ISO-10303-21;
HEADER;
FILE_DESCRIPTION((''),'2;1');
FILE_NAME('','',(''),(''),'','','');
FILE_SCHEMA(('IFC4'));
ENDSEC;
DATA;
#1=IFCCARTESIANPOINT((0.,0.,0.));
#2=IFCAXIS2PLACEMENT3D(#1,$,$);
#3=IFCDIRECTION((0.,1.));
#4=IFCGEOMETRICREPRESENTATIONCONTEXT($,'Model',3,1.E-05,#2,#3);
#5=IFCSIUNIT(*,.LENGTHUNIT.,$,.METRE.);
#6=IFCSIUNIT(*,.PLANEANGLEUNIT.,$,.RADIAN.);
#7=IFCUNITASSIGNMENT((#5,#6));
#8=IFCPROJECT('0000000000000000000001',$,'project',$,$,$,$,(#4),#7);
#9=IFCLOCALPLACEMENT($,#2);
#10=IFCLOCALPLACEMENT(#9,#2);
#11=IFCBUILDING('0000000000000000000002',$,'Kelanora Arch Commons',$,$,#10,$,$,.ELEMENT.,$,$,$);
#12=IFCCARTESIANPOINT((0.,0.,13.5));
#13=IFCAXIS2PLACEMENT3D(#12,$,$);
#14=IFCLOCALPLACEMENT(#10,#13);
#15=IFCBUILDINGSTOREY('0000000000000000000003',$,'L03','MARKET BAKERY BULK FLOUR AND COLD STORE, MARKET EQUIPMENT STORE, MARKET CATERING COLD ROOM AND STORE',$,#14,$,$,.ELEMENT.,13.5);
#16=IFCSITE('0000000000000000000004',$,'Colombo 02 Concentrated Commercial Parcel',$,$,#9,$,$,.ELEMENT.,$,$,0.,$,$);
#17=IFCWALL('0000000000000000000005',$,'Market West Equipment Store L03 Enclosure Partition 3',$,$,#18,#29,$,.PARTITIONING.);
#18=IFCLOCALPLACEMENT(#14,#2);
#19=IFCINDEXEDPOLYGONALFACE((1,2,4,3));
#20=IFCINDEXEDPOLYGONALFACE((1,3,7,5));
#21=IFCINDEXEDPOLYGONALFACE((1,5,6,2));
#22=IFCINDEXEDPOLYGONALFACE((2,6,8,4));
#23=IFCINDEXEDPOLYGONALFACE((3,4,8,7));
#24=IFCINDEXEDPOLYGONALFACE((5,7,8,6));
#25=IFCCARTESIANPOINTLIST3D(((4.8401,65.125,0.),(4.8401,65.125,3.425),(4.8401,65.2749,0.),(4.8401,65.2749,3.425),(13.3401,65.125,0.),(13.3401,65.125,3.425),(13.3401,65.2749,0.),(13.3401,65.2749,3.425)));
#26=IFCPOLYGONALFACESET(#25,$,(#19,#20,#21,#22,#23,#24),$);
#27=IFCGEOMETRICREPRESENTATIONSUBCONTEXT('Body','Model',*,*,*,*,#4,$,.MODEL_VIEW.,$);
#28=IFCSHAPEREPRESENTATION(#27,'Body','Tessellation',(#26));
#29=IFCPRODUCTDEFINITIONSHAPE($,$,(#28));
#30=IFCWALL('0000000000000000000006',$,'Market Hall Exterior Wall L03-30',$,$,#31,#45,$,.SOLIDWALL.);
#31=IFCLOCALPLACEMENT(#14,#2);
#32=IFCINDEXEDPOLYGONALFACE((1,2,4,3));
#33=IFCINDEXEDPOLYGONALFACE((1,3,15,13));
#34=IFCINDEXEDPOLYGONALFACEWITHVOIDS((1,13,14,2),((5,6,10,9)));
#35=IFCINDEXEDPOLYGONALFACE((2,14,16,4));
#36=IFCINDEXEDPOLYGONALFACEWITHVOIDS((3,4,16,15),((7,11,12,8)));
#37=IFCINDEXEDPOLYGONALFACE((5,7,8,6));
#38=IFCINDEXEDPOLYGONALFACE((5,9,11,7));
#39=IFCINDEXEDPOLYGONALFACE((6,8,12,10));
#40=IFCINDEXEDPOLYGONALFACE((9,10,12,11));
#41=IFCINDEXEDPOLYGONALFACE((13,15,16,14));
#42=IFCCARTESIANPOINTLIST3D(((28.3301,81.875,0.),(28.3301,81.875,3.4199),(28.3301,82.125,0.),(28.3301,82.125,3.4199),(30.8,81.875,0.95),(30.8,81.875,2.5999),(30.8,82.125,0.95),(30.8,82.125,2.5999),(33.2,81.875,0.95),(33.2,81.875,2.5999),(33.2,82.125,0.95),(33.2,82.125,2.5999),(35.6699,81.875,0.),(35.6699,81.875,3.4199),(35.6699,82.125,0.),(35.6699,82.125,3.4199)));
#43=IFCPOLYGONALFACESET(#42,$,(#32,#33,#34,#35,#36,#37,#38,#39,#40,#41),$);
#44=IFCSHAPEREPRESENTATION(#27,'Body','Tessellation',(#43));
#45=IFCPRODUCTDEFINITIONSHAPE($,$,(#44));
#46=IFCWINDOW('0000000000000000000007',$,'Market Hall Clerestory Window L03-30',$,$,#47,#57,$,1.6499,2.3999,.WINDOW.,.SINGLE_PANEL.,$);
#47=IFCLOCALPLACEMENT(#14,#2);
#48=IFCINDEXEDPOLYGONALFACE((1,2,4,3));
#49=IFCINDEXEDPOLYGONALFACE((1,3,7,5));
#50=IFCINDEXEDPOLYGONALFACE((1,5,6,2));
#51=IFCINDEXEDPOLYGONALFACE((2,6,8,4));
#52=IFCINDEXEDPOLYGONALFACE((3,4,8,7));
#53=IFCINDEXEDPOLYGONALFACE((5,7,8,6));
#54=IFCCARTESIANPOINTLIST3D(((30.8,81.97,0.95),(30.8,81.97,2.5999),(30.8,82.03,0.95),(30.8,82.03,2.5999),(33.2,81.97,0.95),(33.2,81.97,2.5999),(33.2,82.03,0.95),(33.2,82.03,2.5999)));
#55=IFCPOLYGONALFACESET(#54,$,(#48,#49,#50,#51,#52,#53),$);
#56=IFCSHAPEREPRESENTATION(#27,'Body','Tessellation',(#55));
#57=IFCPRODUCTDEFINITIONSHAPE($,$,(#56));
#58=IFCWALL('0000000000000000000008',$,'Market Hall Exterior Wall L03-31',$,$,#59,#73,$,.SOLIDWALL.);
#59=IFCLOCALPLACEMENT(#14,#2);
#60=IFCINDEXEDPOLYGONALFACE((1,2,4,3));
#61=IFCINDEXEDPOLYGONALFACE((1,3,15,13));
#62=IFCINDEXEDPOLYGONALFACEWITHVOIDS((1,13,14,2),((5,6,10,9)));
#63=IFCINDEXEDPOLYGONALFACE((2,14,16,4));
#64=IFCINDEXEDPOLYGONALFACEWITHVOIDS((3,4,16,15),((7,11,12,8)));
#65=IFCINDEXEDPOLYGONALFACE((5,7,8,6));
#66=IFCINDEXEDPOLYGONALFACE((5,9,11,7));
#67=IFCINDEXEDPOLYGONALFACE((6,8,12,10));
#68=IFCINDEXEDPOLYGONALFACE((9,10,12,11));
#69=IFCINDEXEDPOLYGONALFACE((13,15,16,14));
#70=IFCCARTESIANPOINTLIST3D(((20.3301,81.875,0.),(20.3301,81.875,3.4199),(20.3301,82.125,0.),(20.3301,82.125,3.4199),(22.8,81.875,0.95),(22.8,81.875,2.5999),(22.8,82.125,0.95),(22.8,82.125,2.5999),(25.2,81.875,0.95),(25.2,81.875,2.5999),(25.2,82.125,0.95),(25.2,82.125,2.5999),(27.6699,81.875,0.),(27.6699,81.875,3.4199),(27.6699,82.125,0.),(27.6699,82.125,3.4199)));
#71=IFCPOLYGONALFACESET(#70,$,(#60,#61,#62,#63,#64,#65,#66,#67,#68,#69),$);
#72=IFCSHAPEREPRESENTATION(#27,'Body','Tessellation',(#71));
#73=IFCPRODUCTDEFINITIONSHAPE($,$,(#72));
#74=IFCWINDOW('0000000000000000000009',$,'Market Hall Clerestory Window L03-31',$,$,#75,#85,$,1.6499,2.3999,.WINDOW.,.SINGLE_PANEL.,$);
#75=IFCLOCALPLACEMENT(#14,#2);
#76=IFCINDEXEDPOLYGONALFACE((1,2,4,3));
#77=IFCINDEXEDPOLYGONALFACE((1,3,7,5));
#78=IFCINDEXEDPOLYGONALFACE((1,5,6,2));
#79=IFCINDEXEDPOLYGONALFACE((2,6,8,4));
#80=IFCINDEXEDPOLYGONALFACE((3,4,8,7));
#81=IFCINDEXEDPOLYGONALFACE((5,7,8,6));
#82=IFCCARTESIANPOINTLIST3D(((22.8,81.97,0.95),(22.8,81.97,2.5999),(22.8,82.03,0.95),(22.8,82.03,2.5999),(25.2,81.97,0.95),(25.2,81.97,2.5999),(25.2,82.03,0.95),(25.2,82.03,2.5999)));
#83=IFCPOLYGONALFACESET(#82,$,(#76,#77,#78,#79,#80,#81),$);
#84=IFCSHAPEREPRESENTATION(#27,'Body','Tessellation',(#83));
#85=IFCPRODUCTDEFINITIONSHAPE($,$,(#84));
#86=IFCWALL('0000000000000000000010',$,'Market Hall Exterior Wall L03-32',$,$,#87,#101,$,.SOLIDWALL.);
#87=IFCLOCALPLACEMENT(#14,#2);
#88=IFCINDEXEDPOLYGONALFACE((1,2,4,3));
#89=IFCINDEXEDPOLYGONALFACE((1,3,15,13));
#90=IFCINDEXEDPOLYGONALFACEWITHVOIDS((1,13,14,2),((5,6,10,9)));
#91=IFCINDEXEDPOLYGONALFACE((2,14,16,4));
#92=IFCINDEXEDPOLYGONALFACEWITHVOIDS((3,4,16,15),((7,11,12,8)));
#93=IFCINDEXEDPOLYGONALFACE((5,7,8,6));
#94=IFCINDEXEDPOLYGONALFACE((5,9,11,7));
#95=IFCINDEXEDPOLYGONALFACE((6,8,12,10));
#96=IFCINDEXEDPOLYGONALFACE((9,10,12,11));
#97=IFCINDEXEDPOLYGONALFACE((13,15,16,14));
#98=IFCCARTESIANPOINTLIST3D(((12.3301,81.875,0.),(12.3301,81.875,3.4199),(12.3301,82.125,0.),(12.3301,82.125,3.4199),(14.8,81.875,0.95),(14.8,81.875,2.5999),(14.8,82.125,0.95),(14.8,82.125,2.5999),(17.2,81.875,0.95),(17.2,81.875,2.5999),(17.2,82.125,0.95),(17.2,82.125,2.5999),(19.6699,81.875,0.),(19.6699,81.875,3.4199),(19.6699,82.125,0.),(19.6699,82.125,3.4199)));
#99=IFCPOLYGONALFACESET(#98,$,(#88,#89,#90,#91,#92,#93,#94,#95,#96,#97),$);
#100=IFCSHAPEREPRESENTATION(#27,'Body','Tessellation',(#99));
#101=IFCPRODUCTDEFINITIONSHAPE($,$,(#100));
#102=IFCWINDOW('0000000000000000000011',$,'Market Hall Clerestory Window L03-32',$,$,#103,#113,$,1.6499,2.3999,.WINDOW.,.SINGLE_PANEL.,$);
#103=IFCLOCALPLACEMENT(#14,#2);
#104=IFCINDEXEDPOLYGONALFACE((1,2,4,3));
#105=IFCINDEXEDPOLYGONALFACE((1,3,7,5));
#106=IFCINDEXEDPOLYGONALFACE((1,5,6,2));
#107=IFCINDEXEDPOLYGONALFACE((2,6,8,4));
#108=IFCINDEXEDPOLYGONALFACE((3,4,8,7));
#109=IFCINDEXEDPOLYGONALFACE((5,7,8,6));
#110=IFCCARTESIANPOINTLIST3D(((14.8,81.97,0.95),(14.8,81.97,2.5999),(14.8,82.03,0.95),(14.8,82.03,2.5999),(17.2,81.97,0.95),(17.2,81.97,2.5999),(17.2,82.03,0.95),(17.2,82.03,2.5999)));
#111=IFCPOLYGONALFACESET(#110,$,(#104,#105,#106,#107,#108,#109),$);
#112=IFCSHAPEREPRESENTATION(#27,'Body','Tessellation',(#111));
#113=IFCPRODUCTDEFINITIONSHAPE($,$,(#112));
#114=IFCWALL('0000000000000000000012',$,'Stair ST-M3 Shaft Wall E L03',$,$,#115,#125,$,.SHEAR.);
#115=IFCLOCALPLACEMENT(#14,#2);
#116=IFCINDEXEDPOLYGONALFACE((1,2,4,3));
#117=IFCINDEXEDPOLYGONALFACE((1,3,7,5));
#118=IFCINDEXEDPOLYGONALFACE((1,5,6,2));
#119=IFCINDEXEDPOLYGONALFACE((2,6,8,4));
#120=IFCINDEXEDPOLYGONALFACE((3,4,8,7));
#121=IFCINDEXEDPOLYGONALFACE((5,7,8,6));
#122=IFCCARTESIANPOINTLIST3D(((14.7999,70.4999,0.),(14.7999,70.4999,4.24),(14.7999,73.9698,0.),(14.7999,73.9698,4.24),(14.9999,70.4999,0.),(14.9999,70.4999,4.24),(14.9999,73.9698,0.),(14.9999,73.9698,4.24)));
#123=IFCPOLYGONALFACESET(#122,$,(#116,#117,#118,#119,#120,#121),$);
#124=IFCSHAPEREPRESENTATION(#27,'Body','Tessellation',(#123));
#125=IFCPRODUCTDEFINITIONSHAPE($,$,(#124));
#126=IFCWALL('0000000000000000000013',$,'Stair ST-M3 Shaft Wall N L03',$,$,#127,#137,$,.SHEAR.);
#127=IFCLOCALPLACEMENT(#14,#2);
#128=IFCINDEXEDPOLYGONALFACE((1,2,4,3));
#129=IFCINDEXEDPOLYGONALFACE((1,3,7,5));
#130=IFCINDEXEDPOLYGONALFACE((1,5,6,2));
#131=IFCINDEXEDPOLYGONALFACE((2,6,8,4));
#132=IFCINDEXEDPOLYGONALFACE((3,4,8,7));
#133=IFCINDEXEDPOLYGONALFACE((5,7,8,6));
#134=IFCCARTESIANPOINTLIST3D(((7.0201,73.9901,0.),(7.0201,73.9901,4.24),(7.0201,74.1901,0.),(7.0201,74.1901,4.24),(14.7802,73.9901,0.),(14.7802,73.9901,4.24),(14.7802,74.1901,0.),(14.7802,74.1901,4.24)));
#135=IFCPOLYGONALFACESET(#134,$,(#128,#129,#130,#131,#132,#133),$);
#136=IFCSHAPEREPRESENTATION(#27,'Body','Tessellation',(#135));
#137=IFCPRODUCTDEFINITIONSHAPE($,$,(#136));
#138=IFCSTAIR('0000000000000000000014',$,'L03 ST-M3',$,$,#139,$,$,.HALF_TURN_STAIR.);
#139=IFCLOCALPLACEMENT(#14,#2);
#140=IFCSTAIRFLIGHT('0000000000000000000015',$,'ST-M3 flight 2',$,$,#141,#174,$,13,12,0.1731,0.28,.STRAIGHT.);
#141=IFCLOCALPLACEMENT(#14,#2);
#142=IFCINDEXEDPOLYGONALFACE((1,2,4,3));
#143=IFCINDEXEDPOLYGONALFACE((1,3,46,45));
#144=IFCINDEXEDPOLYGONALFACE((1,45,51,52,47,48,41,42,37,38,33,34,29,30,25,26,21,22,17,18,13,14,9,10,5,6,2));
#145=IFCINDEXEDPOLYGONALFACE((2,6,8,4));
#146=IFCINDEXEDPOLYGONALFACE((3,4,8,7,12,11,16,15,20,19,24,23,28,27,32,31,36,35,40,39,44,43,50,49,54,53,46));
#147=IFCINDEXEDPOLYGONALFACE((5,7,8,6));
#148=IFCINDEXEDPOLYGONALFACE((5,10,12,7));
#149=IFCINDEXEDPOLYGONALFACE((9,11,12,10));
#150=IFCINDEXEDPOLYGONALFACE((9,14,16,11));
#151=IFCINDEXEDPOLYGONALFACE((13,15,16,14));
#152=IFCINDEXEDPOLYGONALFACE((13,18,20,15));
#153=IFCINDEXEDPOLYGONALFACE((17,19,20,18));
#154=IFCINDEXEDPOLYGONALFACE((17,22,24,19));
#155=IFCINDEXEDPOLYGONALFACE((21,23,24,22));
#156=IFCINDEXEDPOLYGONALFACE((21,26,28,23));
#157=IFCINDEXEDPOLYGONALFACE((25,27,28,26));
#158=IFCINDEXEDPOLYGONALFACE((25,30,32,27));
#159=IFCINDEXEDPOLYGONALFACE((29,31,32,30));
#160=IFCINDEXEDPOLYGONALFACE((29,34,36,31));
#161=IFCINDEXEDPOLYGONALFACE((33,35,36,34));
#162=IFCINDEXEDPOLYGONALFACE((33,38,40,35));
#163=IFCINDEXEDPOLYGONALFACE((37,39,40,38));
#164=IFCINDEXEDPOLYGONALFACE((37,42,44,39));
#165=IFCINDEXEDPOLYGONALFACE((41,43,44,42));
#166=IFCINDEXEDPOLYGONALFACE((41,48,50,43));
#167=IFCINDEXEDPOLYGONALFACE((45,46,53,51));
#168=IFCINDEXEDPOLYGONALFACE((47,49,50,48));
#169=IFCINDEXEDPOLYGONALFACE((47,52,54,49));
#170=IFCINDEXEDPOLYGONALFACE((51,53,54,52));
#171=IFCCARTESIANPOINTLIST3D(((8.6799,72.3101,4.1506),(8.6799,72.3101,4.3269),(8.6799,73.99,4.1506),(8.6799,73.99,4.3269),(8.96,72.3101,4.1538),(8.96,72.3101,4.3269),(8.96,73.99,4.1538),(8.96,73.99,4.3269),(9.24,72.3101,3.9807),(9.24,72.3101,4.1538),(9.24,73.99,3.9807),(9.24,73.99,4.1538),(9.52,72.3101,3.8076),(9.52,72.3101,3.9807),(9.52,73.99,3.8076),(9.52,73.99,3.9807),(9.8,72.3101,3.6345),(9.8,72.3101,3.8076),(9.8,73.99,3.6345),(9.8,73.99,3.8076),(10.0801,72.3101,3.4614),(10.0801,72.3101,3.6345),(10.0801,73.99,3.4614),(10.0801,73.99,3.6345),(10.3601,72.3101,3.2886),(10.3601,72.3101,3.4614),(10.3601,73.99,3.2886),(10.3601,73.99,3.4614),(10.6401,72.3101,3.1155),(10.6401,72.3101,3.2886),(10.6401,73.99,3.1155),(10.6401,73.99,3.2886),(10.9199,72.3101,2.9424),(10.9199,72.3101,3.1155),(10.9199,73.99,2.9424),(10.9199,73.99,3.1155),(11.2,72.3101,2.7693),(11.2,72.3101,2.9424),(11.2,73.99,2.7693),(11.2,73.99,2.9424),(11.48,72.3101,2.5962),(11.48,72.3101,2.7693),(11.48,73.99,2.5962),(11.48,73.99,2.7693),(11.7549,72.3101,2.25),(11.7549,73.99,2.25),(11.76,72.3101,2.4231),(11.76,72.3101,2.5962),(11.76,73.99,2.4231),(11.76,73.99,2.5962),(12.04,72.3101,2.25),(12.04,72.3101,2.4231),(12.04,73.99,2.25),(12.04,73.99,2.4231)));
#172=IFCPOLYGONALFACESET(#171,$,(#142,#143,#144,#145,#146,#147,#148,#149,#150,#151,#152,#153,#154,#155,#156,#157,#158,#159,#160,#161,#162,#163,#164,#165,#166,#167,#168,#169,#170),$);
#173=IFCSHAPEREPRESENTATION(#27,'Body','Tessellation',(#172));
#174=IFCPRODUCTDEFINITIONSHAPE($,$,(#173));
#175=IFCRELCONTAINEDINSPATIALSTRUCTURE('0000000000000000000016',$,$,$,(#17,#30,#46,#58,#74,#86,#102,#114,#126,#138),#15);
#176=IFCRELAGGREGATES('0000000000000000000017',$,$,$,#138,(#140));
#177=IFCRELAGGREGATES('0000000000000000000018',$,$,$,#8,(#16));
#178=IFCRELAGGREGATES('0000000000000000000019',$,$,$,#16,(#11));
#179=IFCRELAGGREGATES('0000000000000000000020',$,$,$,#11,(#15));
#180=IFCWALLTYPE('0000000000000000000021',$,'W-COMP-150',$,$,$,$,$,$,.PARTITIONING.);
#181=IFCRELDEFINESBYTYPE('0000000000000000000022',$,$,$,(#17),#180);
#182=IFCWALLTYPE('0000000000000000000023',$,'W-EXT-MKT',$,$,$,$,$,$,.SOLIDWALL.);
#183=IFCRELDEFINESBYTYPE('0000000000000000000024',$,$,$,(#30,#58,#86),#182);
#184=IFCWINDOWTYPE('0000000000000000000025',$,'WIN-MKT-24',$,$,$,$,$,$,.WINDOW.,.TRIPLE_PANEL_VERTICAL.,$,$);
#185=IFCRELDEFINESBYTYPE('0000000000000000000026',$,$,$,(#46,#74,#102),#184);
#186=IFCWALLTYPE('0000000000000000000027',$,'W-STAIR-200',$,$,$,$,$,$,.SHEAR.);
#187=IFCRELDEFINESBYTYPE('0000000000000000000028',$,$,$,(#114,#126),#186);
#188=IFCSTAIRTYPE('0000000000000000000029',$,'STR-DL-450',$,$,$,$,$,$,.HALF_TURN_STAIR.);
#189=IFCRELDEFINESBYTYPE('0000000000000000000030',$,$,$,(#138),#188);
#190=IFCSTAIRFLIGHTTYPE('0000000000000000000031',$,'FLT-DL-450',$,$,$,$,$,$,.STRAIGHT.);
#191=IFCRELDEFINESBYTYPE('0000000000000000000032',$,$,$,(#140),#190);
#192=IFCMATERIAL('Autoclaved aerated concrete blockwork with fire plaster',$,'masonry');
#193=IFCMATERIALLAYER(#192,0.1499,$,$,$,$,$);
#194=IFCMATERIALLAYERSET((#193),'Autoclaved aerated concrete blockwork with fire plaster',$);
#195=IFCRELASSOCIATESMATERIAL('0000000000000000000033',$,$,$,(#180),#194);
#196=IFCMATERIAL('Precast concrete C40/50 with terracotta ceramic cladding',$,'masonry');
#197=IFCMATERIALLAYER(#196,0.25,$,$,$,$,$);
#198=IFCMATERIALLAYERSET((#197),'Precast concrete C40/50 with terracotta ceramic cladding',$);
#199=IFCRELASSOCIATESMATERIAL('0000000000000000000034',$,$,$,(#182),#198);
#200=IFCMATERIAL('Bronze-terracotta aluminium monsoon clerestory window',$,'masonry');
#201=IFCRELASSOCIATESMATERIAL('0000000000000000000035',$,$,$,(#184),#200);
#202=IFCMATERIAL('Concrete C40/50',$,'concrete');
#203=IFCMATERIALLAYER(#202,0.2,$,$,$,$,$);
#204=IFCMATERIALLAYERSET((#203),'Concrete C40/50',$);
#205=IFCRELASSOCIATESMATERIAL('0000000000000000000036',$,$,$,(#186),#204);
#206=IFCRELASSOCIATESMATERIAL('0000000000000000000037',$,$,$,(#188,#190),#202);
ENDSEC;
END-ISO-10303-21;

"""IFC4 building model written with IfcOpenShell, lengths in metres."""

from ifc_helpers import new_model, si_unit, direction, frame, frame_2d, origin, place, context, subcontext, project, spatial, polyline, rectangle, outline, extrude, material, layer, layer_set, type_object, element, fill, aggregate, save


model = new_model("IFC4")

# Units and contexts
model_context = context("Model", 3, precision=1e-05, world=origin(), true_north=direction((0.0, 1.0)))
body_context = subcontext(model_context, "Body", "Model", "MODEL_VIEW")
ifc_project = project(units=[si_unit("LENGTHUNIT", "METRE"), si_unit("PLANEANGLEUNIT", "RADIAN")], contexts=[model_context])

# Site, building, storey
site_placement = place(None, origin())
site = spatial("IfcSite", under=ifc_project, at=site_placement, Name="Colombo 02 Concentrated Commercial Parcel", CompositionType="ELEMENT", RefElevation=0.0)
building_placement = place(site_placement, origin())
building = spatial("IfcBuilding", under=site, at=building_placement, Name="Kelanora Arch Commons", CompositionType="ELEMENT")
storey_placement = place(building_placement, frame((0.0, 0.0, 13.5)))
storey = spatial("IfcBuildingStorey", under=building, at=storey_placement, Name="L03", Description="MARKET BAKERY BULK FLOUR AND COLD STORE, MARKET EQUIPMENT STORE, MARKET CATERING COLD ROOM AND STORE", CompositionType="ELEMENT", Elevation=13.5)

# Shared definitions
ifc_material_1 = material(Name="Concrete C40/50", Category="concrete")

# Wall
ifc_material_2 = material(Name="Autoclaved aerated concrete blockwork with fire plaster", Category="masonry")
ifc_layer_1 = layer(ifc_material_2, 0.1499)
ifc_layer_set_1 = layer_set([ifc_layer_1], Name="Autoclaved aerated concrete blockwork with fire plaster")
wall_type_1 = type_object("IfcWallType", Name="W-COMP-150", PredefinedType="PARTITIONING", material=ifc_layer_set_1)
wall_1_placement = place(storey_placement, frame((13.3401, 65.2, 0.0), z_axis=(0.0, 0.0, 1.0), x_axis=(-1.0, 0.0, 0.0)))
element("IfcWall", 1, at=wall_1_placement, inside=storey, type_object=wall_type_1, Name="Market West Equipment Store L03 Enclosure Partition 3", PredefinedType="PARTITIONING", context=body_context, shape_type="SweptSolid", body=[
    extrude(rectangle(XDim=8.5, YDim=0.1499, at=frame_2d((4.25, 0.0))), origin(), (0.0, 0.0, 1.0), 3.425),
])

# Walls, openings, windows
ifc_material_3 = material(Name="Precast concrete C40/50 with terracotta ceramic cladding", Category="masonry")
ifc_layer_2 = layer(ifc_material_3, 0.25)
ifc_layer_set_2 = layer_set([ifc_layer_2], Name="Precast concrete C40/50 with terracotta ceramic cladding")
wall_type_2 = type_object("IfcWallType", Name="W-EXT-MKT", PredefinedType="SOLIDWALL", material=ifc_layer_set_2)
wall_2_placement = place(storey_placement, frame((35.6699, 82.0, 0.0), z_axis=(0.0, 0.0, 1.0), x_axis=(-1.0, 0.0, 0.0)))
wall_2 = element("IfcWall", 2, at=wall_2_placement, inside=storey, type_object=wall_type_2, Name="Market Hall Exterior Wall L03-30", PredefinedType="SOLIDWALL", context=body_context, shape_type="SweptSolid", body=[
    extrude(rectangle(XDim=7.3398, YDim=0.25, at=frame_2d((3.6699, 0.0))), origin(), (0.0, 0.0, 1.0), 3.4199),
])
opening_1_placement = place(wall_2_placement, frame((2.47, 0.0, 0.95)))
opening_1 = element("IfcOpeningElement", 3, at=opening_1_placement, cuts=wall_2, PredefinedType="OPENING", context=body_context, shape_type="SweptSolid", body=[
    extrude(rectangle(XDim=2.3999, YDim=1.6499, at=frame_2d((1.2, 0.825))), frame((0.0, 0.135, 0.0), z_axis=(0.0, -1.0, 0.0), x_axis=(1.0, 0.0, 0.0)), (0.0, 0.0, 1.0), 0.27),
])
ifc_material_4 = material(Name="Bronze-terracotta aluminium monsoon clerestory window", Category="masonry")
window_type = type_object("IfcWindowType", Name="WIN-MKT-24", PartitioningType="TRIPLE_PANEL_VERTICAL", PredefinedType="WINDOW", material=ifc_material_4)
window_1_placement = place(opening_1_placement, origin())
window_1 = element("IfcWindow", 4, at=window_1_placement, inside=storey, type_object=window_type, Name="Market Hall Clerestory Window L03-30", OverallHeight=1.6499, OverallWidth=2.3999, PartitioningType="SINGLE_PANEL", PredefinedType="WINDOW", context=body_context, shape_type="SweptSolid", body=[
    extrude(rectangle(XDim=2.3999, YDim=1.6499, at=frame_2d((1.2, 0.825))), frame((0.0, 0.03, 0.0), z_axis=(0.0, -1.0, 0.0), x_axis=(1.0, 0.0, 0.0)), (0.0, 0.0, 1.0), 0.0601),
])
fill(opening_1, window_1)
wall_3_placement = place(storey_placement, frame((27.6699, 82.0, 0.0), z_axis=(0.0, 0.0, 1.0), x_axis=(-1.0, 0.0, 0.0)))
wall_3 = element("IfcWall", 5, at=wall_3_placement, inside=storey, type_object=wall_type_2, Name="Market Hall Exterior Wall L03-31", PredefinedType="SOLIDWALL", context=body_context, shape_type="SweptSolid", body=[
    extrude(rectangle(XDim=7.3398, YDim=0.25, at=frame_2d((3.6699, 0.0))), origin(), (0.0, 0.0, 1.0), 3.4199),
])
opening_2_placement = place(wall_3_placement, frame((2.47, 0.0, 0.95)))
opening_2 = element("IfcOpeningElement", 6, at=opening_2_placement, cuts=wall_3, PredefinedType="OPENING", context=body_context, shape_type="SweptSolid", body=[
    extrude(rectangle(XDim=2.3999, YDim=1.6499, at=frame_2d((1.2, 0.825))), frame((0.0, 0.135, 0.0), z_axis=(0.0, -1.0, 0.0), x_axis=(1.0, 0.0, 0.0)), (0.0, 0.0, 1.0), 0.27),
])
window_2_placement = place(opening_2_placement, origin())
window_2 = element("IfcWindow", 7, at=window_2_placement, inside=storey, type_object=window_type, Name="Market Hall Clerestory Window L03-31", OverallHeight=1.6499, OverallWidth=2.3999, PartitioningType="SINGLE_PANEL", PredefinedType="WINDOW", context=body_context, shape_type="SweptSolid", body=[
    extrude(rectangle(XDim=2.3999, YDim=1.6499, at=frame_2d((1.2, 0.825))), frame((0.0, 0.03, 0.0), z_axis=(0.0, -1.0, 0.0), x_axis=(1.0, 0.0, 0.0)), (0.0, 0.0, 1.0), 0.0601),
])
fill(opening_2, window_2)
wall_4_placement = place(storey_placement, frame((19.6699, 82.0, 0.0), z_axis=(0.0, 0.0, 1.0), x_axis=(-1.0, 0.0, 0.0)))
wall_4 = element("IfcWall", 8, at=wall_4_placement, inside=storey, type_object=wall_type_2, Name="Market Hall Exterior Wall L03-32", PredefinedType="SOLIDWALL", context=body_context, shape_type="SweptSolid", body=[
    extrude(rectangle(XDim=7.3398, YDim=0.25, at=frame_2d((3.6699, 0.0))), origin(), (0.0, 0.0, 1.0), 3.4199),
])
opening_3_placement = place(wall_4_placement, frame((2.47, 0.0, 0.95)))
opening_3 = element("IfcOpeningElement", 9, at=opening_3_placement, cuts=wall_4, PredefinedType="OPENING", context=body_context, shape_type="SweptSolid", body=[
    extrude(rectangle(XDim=2.3999, YDim=1.6499, at=frame_2d((1.2, 0.825))), frame((0.0, 0.135, 0.0), z_axis=(0.0, -1.0, 0.0), x_axis=(1.0, 0.0, 0.0)), (0.0, 0.0, 1.0), 0.27),
])
window_3_placement = place(opening_3_placement, origin())
window_3 = element("IfcWindow", 10, at=window_3_placement, inside=storey, type_object=window_type, Name="Market Hall Clerestory Window L03-32", OverallHeight=1.6499, OverallWidth=2.3999, PartitioningType="SINGLE_PANEL", PredefinedType="WINDOW", context=body_context, shape_type="SweptSolid", body=[
    extrude(rectangle(XDim=2.3999, YDim=1.6499, at=frame_2d((1.2, 0.825))), frame((0.0, 0.03, 0.0), z_axis=(0.0, -1.0, 0.0), x_axis=(1.0, 0.0, 0.0)), (0.0, 0.0, 1.0), 0.0601),
])
fill(opening_3, window_3)

# Walls
ifc_layer_3 = layer(ifc_material_1, 0.2)
ifc_layer_set_3 = layer_set([ifc_layer_3], Name="Concrete C40/50")
wall_type_3 = type_object("IfcWallType", Name="W-STAIR-200", PredefinedType="SHEAR", material=ifc_layer_set_3)
wall_5_placement = place(storey_placement, frame((14.8999, 70.5, 0.0), z_axis=(0.0, 0.0, 1.0), x_axis=(0.0, 1.0, 0.0)))
element("IfcWall", 11, at=wall_5_placement, inside=storey, type_object=wall_type_3, Name="Stair ST-M3 Shaft Wall E L03", PredefinedType="SHEAR", context=body_context, shape_type="SweptSolid", body=[
    extrude(rectangle(XDim=3.47, YDim=0.2, at=frame_2d((1.7349, 0.0))), origin(), (0.0, 0.0, 1.0), 4.24),
])
wall_6_placement = place(storey_placement, frame((14.78, 74.0901, 0.0), z_axis=(0.0, 0.0, 1.0), x_axis=(-1.0, 0.0, 0.0)))
element("IfcWall", 12, at=wall_6_placement, inside=storey, type_object=wall_type_3, Name="Stair ST-M3 Shaft Wall N L03", PredefinedType="SHEAR", context=body_context, shape_type="SweptSolid", body=[
    extrude(rectangle(XDim=7.76, YDim=0.2, at=frame_2d((3.8799, 0.0))), origin(), (0.0, 0.0, 1.0), 4.24),
])

# Stair, stair flight
stair_type = type_object("IfcStairType", Name="STR-DL-450", PredefinedType="HALF_TURN_STAIR", material=ifc_material_1)
stair_placement = place(storey_placement, origin())
stair = element("IfcStair", 13, at=stair_placement, inside=storey, type_object=stair_type, Name="L03 ST-M3", PredefinedType="HALF_TURN_STAIR")
stair_flight_type = type_object("IfcStairFlightType", Name="FLT-DL-450", PredefinedType="STRAIGHT", material=ifc_material_1)
stair_flight_placement = place(storey_placement, frame((12.04, 73.1499, 2.25), z_axis=(0.0, 0.0, 1.0), x_axis=(-1.0, 0.0, 0.0)))
stair_flight = element("IfcStairFlight", 14, at=stair_flight_placement, type_object=stair_flight_type, Name="ST-M3 flight 2", NumberOfRisers=13, NumberOfTreads=12, PredefinedType="STRAIGHT", RiserHeight=0.1731, TreadLength=0.28, context=body_context, shape_type="SweptSolid", body=[
    extrude(outline(polyline([(0.0, 0.0), (0.0, 0.1731), (0.28, 0.1731), (0.28, 0.3462), (0.5601, 0.3462), (0.5601, 0.5193), (0.8401, 0.5193), (0.8401, 0.6924), (1.1201, 0.6924), (1.1201, 0.8655), (1.3999, 0.8655), (1.3999, 1.0386), (1.6799, 1.0386), (1.6799, 1.2114), (1.96, 1.2114), (1.96, 1.3845), (2.24, 1.3845), (2.24, 1.5576), (2.52, 1.5576), (2.52, 1.7307), (2.8, 1.7307), (2.8, 1.9038), (3.0801, 1.9038), (3.0801, 2.0769), (3.3601, 2.0769), (3.3601, 2.25), (3.3601, 1.9006), (0.2852, 0.0), (0.0, 0.0)])), frame((0.0, 0.8398, 0.0), z_axis=(0.0, -1.0, 0.0), x_axis=(1.0, 0.0, 0.0)), (0.0, 0.0, 1.0), 1.6799),
])
aggregate(stair, [stair_flight])

save(model, "model.ifc")
